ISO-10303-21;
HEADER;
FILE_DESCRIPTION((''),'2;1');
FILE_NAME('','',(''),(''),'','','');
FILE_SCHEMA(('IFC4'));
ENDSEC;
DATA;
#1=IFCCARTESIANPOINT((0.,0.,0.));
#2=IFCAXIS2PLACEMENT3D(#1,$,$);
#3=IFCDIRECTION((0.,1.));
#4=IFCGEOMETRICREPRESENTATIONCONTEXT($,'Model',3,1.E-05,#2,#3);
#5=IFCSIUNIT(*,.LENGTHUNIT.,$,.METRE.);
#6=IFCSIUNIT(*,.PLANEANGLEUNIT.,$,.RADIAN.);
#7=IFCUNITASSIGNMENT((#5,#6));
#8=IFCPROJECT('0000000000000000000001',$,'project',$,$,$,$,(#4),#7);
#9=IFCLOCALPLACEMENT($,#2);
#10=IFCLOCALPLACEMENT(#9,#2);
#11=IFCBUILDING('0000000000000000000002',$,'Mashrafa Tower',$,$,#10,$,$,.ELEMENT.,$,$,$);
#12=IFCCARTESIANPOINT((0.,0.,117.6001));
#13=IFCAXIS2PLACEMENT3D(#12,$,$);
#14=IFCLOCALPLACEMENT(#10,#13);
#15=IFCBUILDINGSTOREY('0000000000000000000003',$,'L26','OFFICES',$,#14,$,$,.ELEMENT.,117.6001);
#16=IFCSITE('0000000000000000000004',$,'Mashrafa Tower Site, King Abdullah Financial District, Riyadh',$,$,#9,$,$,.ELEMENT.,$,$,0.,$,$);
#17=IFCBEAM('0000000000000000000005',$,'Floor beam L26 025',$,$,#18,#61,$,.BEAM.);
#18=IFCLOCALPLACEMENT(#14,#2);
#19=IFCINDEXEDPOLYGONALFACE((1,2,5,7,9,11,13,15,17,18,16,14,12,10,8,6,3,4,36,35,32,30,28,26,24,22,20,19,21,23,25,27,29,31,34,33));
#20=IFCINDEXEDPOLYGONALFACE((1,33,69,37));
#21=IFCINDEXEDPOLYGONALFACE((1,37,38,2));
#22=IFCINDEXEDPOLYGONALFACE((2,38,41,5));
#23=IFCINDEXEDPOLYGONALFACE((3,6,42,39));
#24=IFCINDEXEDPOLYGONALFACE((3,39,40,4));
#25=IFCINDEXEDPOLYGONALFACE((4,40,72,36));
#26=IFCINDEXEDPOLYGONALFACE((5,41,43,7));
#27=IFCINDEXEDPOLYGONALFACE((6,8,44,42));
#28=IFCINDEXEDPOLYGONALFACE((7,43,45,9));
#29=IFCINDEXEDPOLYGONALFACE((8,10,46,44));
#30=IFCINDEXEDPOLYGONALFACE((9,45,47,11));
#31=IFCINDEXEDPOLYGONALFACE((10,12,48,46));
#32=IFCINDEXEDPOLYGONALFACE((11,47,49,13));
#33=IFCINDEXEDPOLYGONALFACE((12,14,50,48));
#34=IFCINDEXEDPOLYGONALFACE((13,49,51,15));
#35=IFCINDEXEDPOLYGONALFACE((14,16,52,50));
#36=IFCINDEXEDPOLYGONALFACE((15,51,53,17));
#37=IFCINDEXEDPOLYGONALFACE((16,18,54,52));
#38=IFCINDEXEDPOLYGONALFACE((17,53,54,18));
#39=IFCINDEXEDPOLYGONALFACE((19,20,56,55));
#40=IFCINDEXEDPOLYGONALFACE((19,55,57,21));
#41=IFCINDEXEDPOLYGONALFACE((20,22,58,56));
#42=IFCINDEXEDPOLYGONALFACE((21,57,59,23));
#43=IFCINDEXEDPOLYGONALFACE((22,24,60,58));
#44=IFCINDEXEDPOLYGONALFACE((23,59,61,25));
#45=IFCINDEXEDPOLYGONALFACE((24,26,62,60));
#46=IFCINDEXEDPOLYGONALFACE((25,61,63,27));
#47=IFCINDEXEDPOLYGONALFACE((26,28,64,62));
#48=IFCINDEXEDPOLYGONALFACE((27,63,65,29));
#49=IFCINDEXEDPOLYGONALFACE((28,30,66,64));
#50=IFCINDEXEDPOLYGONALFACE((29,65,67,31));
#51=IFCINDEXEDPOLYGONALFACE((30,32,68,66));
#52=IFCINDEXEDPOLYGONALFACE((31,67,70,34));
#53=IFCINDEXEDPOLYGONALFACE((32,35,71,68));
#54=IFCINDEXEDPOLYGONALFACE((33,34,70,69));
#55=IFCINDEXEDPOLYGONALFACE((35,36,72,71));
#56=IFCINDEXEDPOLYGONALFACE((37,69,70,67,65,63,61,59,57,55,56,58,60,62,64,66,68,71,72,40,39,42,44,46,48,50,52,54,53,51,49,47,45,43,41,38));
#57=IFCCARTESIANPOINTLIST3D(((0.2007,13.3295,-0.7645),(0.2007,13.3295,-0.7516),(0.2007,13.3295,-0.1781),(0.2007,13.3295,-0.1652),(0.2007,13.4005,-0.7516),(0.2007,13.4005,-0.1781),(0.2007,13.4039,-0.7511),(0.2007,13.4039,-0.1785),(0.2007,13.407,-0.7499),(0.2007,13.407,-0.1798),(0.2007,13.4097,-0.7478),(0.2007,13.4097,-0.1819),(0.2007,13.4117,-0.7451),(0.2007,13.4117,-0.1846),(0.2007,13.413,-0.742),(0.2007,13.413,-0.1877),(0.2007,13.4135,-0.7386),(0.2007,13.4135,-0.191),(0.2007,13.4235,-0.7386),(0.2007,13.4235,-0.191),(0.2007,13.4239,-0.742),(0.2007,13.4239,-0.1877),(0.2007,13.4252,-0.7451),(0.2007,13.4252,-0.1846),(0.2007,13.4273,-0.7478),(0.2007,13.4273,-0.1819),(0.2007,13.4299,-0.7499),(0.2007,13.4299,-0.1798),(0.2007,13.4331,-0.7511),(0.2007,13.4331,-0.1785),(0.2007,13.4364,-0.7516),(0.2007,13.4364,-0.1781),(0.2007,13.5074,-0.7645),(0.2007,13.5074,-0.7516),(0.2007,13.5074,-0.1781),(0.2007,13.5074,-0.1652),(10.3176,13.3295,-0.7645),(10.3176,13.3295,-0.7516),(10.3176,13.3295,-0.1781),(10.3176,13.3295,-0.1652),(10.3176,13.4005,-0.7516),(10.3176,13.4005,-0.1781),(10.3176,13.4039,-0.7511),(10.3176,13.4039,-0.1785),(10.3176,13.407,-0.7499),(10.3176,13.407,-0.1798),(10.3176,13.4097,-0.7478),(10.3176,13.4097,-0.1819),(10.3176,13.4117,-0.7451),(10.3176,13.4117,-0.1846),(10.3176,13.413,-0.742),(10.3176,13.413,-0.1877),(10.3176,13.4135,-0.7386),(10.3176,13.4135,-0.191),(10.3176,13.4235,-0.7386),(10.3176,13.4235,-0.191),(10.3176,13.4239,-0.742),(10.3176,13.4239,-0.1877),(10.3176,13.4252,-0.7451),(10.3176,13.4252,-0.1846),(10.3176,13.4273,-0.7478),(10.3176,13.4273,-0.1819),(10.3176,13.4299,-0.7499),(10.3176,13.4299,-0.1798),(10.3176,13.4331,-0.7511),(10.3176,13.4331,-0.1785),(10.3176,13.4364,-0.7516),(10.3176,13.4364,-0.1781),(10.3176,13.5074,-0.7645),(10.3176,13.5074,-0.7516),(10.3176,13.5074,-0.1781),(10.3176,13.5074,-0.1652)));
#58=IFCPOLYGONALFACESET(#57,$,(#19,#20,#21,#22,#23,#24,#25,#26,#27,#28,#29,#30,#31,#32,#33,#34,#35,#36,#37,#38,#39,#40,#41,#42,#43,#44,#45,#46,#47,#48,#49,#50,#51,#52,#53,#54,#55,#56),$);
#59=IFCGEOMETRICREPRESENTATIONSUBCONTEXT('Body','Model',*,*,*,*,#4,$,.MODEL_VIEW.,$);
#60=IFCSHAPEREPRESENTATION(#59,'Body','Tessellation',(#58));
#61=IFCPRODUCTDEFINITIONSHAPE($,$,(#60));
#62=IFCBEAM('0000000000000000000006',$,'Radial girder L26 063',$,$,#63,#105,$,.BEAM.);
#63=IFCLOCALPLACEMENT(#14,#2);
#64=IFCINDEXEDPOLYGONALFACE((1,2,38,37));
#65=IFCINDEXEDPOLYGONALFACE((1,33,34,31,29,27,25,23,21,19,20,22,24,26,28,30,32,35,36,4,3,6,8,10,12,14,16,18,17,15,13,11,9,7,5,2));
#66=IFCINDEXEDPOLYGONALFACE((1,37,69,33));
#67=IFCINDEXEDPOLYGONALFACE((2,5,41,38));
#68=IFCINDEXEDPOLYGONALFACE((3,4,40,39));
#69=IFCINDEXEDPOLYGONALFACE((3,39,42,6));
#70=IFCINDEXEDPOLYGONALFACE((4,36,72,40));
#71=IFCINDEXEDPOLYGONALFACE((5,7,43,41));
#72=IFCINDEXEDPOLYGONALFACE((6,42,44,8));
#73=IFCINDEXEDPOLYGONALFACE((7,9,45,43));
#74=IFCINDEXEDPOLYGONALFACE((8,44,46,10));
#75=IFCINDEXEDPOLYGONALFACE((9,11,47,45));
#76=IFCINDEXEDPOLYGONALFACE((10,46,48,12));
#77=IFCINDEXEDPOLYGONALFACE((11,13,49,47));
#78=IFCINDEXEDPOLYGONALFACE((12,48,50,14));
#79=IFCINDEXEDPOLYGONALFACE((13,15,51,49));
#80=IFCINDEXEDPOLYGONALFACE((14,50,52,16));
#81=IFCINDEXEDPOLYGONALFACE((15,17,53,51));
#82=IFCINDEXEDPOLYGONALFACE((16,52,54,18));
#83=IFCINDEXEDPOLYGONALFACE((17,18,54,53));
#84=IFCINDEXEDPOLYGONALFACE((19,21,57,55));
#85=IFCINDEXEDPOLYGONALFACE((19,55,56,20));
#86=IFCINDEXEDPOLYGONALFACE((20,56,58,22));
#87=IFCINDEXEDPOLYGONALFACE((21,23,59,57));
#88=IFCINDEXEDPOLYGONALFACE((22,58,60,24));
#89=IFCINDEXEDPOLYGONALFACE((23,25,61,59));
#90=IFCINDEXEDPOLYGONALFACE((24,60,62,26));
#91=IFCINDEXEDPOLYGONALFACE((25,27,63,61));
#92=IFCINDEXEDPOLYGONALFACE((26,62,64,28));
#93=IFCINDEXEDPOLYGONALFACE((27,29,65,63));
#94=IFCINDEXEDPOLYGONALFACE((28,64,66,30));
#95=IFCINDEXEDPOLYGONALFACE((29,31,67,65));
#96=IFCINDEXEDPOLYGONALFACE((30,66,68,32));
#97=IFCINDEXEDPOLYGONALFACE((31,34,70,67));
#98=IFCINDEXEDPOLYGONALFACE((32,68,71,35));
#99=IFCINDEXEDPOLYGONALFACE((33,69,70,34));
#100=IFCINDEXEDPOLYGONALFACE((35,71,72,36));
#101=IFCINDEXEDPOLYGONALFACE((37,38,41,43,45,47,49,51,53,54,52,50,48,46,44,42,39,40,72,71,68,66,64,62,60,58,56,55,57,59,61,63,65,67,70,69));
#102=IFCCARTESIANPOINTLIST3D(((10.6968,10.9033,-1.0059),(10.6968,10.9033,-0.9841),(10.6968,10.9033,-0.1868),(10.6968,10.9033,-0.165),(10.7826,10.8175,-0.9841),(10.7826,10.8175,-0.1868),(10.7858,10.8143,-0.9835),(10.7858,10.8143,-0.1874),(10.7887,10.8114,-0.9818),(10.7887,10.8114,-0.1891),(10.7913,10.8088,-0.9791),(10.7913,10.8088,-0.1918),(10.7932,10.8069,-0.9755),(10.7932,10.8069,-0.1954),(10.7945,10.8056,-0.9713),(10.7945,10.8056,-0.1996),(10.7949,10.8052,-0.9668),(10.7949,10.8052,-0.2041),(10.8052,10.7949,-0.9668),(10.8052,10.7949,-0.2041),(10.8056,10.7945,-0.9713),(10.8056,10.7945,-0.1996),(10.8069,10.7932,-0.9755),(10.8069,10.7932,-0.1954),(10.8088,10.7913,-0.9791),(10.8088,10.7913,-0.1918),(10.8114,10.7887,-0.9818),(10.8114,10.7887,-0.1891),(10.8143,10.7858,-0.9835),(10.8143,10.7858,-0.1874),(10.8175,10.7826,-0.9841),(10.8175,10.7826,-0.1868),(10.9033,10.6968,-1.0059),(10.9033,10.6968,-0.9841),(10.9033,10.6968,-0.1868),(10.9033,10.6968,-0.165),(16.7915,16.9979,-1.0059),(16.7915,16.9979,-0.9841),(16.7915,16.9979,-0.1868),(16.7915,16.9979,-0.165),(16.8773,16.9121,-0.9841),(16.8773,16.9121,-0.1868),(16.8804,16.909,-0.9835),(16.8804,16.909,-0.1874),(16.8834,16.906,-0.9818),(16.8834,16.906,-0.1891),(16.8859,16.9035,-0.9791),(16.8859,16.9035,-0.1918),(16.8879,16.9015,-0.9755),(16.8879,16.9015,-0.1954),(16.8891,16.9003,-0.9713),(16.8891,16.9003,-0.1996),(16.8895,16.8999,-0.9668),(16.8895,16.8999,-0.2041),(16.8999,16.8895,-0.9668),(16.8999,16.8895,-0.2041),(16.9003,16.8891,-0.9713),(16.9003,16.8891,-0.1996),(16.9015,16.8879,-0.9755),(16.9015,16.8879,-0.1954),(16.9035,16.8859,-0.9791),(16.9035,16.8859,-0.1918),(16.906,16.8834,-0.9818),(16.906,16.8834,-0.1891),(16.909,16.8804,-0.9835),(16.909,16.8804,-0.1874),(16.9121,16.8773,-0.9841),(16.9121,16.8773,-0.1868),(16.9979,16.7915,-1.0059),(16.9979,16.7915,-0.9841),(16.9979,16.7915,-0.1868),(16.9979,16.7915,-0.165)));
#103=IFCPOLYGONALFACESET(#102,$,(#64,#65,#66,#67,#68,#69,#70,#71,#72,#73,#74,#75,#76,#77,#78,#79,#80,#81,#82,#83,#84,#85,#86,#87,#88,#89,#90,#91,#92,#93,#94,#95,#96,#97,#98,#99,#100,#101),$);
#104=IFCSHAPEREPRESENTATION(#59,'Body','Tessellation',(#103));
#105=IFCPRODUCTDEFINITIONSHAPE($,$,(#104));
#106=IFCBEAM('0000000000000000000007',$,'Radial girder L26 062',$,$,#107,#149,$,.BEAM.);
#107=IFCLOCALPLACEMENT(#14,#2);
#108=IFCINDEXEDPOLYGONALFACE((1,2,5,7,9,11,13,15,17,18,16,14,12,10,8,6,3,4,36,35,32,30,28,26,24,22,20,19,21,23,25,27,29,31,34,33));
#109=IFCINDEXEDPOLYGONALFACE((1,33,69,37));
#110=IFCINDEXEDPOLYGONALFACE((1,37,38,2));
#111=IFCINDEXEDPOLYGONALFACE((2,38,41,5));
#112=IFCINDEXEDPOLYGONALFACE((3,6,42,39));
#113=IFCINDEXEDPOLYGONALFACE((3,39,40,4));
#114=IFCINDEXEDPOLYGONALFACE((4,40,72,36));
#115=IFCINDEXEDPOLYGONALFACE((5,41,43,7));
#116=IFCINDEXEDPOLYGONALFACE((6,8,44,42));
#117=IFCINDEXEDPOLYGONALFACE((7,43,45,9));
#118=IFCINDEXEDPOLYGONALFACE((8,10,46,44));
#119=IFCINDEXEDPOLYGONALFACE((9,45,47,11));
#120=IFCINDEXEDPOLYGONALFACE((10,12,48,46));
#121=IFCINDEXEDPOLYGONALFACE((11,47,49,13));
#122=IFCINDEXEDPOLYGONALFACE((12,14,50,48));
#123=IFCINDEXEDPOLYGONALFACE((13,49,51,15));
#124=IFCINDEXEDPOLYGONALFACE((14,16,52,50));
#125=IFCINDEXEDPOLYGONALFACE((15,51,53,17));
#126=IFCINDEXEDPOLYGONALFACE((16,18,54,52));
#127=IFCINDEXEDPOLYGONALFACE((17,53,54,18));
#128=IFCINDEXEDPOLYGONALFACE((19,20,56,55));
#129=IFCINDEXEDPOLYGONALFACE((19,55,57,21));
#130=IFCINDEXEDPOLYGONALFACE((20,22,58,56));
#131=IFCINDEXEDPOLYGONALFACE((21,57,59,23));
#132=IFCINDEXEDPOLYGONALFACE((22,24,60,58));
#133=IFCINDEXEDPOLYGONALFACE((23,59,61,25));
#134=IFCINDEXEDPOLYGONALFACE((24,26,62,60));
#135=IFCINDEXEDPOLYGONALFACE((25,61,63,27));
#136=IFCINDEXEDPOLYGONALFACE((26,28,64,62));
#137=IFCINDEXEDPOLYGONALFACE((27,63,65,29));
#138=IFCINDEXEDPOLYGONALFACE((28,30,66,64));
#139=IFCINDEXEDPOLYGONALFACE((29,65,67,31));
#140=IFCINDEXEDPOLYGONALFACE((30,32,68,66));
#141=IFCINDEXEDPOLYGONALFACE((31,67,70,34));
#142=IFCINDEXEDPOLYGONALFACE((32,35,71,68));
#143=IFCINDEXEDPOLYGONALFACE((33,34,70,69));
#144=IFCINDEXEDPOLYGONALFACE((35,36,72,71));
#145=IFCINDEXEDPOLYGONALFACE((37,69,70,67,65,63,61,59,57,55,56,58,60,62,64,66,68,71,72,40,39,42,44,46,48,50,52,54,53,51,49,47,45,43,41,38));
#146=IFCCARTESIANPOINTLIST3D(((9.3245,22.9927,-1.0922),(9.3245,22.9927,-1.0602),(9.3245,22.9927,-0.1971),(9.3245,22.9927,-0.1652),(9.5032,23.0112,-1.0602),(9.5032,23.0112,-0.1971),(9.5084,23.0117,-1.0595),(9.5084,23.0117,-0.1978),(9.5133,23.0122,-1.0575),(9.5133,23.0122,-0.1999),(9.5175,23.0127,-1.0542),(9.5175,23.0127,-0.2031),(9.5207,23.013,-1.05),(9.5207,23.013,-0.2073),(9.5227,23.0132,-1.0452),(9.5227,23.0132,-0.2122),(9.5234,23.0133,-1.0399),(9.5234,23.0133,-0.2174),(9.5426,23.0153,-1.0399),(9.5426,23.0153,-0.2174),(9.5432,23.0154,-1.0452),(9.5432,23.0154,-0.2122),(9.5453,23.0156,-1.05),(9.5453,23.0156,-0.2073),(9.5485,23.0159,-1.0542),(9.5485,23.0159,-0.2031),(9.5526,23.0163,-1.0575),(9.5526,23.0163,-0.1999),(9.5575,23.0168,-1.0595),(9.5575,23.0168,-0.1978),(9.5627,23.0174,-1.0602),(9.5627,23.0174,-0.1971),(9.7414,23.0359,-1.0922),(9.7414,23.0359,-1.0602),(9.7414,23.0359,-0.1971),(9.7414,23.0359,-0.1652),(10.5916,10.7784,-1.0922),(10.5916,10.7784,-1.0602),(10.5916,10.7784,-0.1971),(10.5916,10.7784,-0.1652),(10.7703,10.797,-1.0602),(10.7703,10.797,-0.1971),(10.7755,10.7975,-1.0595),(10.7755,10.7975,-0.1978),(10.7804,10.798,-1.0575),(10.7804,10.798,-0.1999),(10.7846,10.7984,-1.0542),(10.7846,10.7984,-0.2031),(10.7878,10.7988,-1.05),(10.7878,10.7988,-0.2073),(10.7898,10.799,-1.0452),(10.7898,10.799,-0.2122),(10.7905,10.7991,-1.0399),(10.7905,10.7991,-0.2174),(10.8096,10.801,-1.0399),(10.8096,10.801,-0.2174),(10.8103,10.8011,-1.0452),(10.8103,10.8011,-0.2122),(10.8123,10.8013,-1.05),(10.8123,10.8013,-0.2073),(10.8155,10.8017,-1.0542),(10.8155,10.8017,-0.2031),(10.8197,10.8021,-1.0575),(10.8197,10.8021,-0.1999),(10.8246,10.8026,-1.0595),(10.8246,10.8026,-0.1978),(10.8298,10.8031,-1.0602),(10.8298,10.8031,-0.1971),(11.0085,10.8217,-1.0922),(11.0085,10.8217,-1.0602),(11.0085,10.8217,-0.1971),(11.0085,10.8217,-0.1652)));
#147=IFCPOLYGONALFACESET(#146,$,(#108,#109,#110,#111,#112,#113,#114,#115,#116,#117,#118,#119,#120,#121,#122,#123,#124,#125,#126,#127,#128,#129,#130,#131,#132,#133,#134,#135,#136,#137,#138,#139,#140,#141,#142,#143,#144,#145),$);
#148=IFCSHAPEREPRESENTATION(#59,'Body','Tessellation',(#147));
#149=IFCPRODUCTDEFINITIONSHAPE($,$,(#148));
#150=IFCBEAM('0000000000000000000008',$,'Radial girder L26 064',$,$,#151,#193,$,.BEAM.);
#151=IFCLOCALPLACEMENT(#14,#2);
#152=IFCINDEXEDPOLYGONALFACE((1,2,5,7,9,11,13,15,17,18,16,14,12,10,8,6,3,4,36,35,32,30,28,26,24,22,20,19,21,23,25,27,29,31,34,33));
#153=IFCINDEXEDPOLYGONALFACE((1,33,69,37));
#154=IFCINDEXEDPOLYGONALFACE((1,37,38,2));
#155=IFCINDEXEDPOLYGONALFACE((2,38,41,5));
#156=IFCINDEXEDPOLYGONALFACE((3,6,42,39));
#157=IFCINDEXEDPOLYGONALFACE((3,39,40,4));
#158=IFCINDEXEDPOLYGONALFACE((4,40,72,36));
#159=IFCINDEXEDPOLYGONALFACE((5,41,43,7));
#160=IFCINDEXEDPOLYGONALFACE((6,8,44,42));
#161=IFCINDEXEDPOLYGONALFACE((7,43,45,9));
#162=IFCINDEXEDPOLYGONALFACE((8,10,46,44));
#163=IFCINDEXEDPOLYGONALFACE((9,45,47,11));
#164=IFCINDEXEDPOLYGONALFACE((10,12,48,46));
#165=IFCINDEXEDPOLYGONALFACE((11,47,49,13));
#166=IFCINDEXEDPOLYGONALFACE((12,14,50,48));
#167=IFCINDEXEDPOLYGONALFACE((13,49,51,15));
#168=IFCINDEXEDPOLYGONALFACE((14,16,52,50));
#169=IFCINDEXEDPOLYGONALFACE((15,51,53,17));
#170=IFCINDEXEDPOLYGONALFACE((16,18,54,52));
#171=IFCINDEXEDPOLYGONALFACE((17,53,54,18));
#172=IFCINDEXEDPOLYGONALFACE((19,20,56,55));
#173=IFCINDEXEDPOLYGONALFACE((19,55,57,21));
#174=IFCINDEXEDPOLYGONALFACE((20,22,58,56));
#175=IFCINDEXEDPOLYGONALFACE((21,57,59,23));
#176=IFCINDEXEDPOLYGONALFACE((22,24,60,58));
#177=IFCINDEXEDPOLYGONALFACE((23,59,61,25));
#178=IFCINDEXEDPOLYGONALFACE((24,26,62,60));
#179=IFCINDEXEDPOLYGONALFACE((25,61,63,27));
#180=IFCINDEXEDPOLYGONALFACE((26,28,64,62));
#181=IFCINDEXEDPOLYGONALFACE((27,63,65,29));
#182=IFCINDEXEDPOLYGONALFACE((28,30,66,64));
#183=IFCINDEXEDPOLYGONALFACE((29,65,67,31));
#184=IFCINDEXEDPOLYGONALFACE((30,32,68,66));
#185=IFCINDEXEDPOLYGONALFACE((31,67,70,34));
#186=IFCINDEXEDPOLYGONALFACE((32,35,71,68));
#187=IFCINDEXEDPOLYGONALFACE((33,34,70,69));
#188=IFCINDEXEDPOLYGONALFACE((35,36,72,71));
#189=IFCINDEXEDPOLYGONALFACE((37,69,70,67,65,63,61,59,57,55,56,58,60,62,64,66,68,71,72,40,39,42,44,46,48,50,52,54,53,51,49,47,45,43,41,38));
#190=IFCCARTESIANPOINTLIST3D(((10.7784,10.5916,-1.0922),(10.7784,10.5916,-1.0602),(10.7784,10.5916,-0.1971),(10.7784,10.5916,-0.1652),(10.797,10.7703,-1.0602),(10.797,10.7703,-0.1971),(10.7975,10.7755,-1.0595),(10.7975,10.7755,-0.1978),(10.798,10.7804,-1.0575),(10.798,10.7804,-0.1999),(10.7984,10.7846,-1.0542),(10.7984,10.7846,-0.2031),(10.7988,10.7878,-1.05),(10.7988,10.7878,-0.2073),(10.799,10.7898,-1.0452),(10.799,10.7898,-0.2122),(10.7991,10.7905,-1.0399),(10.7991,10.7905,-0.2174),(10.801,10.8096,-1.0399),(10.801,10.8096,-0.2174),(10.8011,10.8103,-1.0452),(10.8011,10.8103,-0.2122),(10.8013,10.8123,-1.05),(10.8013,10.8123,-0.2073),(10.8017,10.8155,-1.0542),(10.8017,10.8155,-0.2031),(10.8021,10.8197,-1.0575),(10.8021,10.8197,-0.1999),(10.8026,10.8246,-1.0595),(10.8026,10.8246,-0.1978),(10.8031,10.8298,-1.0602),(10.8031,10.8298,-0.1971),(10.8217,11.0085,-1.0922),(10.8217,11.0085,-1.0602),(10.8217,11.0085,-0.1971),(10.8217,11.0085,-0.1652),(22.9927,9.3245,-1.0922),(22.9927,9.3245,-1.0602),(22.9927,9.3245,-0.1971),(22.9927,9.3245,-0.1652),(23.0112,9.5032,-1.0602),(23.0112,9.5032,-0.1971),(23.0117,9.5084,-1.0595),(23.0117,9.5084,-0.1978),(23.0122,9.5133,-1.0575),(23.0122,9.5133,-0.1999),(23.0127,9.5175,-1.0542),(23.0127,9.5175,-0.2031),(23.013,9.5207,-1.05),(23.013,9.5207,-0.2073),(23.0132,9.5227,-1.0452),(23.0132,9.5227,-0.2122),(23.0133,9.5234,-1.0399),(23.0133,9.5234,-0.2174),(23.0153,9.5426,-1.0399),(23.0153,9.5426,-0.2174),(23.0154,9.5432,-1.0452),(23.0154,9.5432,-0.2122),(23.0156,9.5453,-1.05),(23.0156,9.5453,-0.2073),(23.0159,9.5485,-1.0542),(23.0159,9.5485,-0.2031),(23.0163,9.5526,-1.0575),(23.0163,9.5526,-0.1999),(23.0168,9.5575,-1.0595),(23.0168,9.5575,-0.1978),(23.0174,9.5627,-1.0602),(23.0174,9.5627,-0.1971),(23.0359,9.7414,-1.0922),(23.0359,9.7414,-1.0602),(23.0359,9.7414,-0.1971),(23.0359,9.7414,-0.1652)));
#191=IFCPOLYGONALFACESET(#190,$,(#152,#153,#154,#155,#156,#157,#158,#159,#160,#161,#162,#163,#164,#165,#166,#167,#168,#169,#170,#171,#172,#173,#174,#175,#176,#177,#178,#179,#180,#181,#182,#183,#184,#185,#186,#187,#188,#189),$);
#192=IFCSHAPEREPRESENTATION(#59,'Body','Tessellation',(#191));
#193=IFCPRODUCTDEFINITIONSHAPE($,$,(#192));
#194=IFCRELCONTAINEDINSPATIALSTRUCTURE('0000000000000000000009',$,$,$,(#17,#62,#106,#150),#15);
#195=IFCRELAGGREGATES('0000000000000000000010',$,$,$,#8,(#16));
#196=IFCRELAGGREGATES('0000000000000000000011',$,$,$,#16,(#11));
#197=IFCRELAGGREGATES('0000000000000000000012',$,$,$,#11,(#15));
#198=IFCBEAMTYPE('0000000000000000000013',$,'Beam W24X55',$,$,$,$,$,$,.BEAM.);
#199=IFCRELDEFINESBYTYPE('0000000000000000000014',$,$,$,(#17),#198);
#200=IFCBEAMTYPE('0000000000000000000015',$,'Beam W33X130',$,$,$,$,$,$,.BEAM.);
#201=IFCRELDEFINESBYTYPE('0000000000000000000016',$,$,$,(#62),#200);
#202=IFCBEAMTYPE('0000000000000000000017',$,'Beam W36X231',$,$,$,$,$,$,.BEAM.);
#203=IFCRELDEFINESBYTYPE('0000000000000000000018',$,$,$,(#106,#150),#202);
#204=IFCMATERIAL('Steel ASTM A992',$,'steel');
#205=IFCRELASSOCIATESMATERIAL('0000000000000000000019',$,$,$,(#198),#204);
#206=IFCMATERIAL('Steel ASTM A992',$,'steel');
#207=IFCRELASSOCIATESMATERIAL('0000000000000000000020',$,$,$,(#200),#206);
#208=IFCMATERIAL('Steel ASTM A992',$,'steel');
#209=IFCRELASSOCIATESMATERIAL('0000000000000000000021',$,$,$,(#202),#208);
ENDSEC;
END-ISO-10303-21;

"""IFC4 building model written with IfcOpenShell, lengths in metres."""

from ifc_helpers import new_model, si_unit, direction, frame, origin, origin_2d, place, context, subcontext, project, spatial, i_section, extrude, material, material_profile, profile_set, type_object, element, save


model = new_model("IFC4")

# Units and contexts
model_context = context("Model", 3, precision=1e-05, world=origin(), true_north=direction((0.0, 1.0)))
body_context = subcontext(model_context, "Body", "Model", "MODEL_VIEW")
ifc_project = project(units=[si_unit("LENGTHUNIT", "METRE"), si_unit("PLANEANGLEUNIT", "RADIAN")], contexts=[model_context])

# Site, building, storey
site_placement = place(None, origin())
site = spatial("IfcSite", under=ifc_project, at=site_placement, Name="Mashrafa Tower Site, King Abdullah Financial District, Riyadh", CompositionType="ELEMENT", RefElevation=0.0)
building_placement = place(site_placement, origin())
building = spatial("IfcBuilding", under=site, at=building_placement, Name="Mashrafa Tower", CompositionType="ELEMENT")
storey_placement = place(building_placement, frame((0.0, 0.0, 117.6001)))
storey = spatial("IfcBuildingStorey", under=building, at=storey_placement, Name="L26", Description="OFFICES", CompositionType="ELEMENT", Elevation=117.6001)

# Beams
ifc_material_1 = material(Name="Steel ASTM A992", Category="steel")
ifc_material_profile_1 = material_profile(ifc_material_1, i_section(OverallWidth=0.178, OverallDepth=0.5994, WebThickness=0.01, FlangeThickness=0.0129, FilletRadius=0.0129, at=origin_2d()), Name="W24X55")
ifc_profile_set_1 = profile_set([ifc_material_profile_1], Name="Steel ASTM A992")
beam_type_1 = type_object("IfcBeamType", Name="Beam W24X55", PredefinedType="BEAM", material=ifc_profile_set_1)
beam_1_placement = place(storey_placement, frame((0.2007, 13.4185, -0.4648), z_axis=(1.0, 0.0, 0.0), x_axis=(0.0, 1.0, 0.0)))
element("IfcBeam", 1, at=beam_1_placement, inside=storey, type_object=beam_type_1, Name="Floor beam L26 025", PredefinedType="BEAM", context=body_context, shape_type="SweptSolid", body=[
    extrude(i_section(OverallWidth=0.178, OverallDepth=0.5994, WebThickness=0.01, FlangeThickness=0.0129, FilletRadius=0.0129, at=origin_2d()), origin(), (0.0, 0.0, 1.0), 10.1169),
])
ifc_material_2 = material(Name="Steel ASTM A992", Category="steel")
ifc_material_profile_2 = material_profile(ifc_material_2, i_section(OverallWidth=0.292, OverallDepth=0.8408, WebThickness=0.0146, FlangeThickness=0.0217, FilletRadius=0.0173, at=origin_2d()), Name="W33X130")
ifc_profile_set_2 = profile_set([ifc_material_profile_2], Name="Steel ASTM A992")
beam_type_2 = type_object("IfcBeamType", Name="Beam W33X130", PredefinedType="BEAM", material=ifc_profile_set_2)
beam_2_placement = place(storey_placement, frame((10.8, 10.8, -0.5854), z_axis=(0.707107, 0.707107, 0.0), x_axis=(-0.707107, 0.707107, 0.0)))
element("IfcBeam", 2, at=beam_2_placement, inside=storey, type_object=beam_type_2, Name="Radial girder L26 063", PredefinedType="BEAM", context=body_context, shape_type="SweptSolid", body=[
    extrude(i_section(OverallWidth=0.292, OverallDepth=0.8408, WebThickness=0.0146, FlangeThickness=0.0217, FilletRadius=0.0173, at=origin_2d()), origin(), (0.0, 0.0, 1.0), 8.6191),
])
ifc_material_3 = material(Name="Steel ASTM A992", Category="steel")
ifc_material_profile_3 = material_profile(ifc_material_3, i_section(OverallWidth=0.4192, OverallDepth=0.927, WebThickness=0.0193, FlangeThickness=0.032, FilletRadius=0.0203, at=origin_2d()), Name="W36X231")
ifc_profile_set_3 = profile_set([ifc_material_profile_3], Name="Steel ASTM A992")
beam_type_3 = type_object("IfcBeamType", Name="Beam W36X231", PredefinedType="BEAM", material=ifc_profile_set_3)
for number, where, z_axis, x_axis, name in (
    (3, (10.8, 10.8, -0.6287), (-0.103184, 0.994662, 0.0), (-0.994662, -0.103184, 0.0), "Radial girder L26 062"),
    (4, (10.8, 10.8, -0.6287), (0.994662, -0.103184, 0.0), (0.103184, 0.994662, 0.0), "Radial girder L26 064"),
):
    element("IfcBeam", number, at=place(storey_placement, frame(where, z_axis=z_axis, x_axis=x_axis)), inside=storey, type_object=beam_type_3, Name=name, PredefinedType="BEAM", context=body_context, shape_type="SweptSolid", body=[
        extrude(i_section(OverallWidth=0.4192, OverallDepth=0.927, WebThickness=0.0193, FlangeThickness=0.032, FilletRadius=0.0203, at=origin_2d()), origin(), (0.0, 0.0, 1.0), 12.2798),
    ])

save(model, "model.ifc")
